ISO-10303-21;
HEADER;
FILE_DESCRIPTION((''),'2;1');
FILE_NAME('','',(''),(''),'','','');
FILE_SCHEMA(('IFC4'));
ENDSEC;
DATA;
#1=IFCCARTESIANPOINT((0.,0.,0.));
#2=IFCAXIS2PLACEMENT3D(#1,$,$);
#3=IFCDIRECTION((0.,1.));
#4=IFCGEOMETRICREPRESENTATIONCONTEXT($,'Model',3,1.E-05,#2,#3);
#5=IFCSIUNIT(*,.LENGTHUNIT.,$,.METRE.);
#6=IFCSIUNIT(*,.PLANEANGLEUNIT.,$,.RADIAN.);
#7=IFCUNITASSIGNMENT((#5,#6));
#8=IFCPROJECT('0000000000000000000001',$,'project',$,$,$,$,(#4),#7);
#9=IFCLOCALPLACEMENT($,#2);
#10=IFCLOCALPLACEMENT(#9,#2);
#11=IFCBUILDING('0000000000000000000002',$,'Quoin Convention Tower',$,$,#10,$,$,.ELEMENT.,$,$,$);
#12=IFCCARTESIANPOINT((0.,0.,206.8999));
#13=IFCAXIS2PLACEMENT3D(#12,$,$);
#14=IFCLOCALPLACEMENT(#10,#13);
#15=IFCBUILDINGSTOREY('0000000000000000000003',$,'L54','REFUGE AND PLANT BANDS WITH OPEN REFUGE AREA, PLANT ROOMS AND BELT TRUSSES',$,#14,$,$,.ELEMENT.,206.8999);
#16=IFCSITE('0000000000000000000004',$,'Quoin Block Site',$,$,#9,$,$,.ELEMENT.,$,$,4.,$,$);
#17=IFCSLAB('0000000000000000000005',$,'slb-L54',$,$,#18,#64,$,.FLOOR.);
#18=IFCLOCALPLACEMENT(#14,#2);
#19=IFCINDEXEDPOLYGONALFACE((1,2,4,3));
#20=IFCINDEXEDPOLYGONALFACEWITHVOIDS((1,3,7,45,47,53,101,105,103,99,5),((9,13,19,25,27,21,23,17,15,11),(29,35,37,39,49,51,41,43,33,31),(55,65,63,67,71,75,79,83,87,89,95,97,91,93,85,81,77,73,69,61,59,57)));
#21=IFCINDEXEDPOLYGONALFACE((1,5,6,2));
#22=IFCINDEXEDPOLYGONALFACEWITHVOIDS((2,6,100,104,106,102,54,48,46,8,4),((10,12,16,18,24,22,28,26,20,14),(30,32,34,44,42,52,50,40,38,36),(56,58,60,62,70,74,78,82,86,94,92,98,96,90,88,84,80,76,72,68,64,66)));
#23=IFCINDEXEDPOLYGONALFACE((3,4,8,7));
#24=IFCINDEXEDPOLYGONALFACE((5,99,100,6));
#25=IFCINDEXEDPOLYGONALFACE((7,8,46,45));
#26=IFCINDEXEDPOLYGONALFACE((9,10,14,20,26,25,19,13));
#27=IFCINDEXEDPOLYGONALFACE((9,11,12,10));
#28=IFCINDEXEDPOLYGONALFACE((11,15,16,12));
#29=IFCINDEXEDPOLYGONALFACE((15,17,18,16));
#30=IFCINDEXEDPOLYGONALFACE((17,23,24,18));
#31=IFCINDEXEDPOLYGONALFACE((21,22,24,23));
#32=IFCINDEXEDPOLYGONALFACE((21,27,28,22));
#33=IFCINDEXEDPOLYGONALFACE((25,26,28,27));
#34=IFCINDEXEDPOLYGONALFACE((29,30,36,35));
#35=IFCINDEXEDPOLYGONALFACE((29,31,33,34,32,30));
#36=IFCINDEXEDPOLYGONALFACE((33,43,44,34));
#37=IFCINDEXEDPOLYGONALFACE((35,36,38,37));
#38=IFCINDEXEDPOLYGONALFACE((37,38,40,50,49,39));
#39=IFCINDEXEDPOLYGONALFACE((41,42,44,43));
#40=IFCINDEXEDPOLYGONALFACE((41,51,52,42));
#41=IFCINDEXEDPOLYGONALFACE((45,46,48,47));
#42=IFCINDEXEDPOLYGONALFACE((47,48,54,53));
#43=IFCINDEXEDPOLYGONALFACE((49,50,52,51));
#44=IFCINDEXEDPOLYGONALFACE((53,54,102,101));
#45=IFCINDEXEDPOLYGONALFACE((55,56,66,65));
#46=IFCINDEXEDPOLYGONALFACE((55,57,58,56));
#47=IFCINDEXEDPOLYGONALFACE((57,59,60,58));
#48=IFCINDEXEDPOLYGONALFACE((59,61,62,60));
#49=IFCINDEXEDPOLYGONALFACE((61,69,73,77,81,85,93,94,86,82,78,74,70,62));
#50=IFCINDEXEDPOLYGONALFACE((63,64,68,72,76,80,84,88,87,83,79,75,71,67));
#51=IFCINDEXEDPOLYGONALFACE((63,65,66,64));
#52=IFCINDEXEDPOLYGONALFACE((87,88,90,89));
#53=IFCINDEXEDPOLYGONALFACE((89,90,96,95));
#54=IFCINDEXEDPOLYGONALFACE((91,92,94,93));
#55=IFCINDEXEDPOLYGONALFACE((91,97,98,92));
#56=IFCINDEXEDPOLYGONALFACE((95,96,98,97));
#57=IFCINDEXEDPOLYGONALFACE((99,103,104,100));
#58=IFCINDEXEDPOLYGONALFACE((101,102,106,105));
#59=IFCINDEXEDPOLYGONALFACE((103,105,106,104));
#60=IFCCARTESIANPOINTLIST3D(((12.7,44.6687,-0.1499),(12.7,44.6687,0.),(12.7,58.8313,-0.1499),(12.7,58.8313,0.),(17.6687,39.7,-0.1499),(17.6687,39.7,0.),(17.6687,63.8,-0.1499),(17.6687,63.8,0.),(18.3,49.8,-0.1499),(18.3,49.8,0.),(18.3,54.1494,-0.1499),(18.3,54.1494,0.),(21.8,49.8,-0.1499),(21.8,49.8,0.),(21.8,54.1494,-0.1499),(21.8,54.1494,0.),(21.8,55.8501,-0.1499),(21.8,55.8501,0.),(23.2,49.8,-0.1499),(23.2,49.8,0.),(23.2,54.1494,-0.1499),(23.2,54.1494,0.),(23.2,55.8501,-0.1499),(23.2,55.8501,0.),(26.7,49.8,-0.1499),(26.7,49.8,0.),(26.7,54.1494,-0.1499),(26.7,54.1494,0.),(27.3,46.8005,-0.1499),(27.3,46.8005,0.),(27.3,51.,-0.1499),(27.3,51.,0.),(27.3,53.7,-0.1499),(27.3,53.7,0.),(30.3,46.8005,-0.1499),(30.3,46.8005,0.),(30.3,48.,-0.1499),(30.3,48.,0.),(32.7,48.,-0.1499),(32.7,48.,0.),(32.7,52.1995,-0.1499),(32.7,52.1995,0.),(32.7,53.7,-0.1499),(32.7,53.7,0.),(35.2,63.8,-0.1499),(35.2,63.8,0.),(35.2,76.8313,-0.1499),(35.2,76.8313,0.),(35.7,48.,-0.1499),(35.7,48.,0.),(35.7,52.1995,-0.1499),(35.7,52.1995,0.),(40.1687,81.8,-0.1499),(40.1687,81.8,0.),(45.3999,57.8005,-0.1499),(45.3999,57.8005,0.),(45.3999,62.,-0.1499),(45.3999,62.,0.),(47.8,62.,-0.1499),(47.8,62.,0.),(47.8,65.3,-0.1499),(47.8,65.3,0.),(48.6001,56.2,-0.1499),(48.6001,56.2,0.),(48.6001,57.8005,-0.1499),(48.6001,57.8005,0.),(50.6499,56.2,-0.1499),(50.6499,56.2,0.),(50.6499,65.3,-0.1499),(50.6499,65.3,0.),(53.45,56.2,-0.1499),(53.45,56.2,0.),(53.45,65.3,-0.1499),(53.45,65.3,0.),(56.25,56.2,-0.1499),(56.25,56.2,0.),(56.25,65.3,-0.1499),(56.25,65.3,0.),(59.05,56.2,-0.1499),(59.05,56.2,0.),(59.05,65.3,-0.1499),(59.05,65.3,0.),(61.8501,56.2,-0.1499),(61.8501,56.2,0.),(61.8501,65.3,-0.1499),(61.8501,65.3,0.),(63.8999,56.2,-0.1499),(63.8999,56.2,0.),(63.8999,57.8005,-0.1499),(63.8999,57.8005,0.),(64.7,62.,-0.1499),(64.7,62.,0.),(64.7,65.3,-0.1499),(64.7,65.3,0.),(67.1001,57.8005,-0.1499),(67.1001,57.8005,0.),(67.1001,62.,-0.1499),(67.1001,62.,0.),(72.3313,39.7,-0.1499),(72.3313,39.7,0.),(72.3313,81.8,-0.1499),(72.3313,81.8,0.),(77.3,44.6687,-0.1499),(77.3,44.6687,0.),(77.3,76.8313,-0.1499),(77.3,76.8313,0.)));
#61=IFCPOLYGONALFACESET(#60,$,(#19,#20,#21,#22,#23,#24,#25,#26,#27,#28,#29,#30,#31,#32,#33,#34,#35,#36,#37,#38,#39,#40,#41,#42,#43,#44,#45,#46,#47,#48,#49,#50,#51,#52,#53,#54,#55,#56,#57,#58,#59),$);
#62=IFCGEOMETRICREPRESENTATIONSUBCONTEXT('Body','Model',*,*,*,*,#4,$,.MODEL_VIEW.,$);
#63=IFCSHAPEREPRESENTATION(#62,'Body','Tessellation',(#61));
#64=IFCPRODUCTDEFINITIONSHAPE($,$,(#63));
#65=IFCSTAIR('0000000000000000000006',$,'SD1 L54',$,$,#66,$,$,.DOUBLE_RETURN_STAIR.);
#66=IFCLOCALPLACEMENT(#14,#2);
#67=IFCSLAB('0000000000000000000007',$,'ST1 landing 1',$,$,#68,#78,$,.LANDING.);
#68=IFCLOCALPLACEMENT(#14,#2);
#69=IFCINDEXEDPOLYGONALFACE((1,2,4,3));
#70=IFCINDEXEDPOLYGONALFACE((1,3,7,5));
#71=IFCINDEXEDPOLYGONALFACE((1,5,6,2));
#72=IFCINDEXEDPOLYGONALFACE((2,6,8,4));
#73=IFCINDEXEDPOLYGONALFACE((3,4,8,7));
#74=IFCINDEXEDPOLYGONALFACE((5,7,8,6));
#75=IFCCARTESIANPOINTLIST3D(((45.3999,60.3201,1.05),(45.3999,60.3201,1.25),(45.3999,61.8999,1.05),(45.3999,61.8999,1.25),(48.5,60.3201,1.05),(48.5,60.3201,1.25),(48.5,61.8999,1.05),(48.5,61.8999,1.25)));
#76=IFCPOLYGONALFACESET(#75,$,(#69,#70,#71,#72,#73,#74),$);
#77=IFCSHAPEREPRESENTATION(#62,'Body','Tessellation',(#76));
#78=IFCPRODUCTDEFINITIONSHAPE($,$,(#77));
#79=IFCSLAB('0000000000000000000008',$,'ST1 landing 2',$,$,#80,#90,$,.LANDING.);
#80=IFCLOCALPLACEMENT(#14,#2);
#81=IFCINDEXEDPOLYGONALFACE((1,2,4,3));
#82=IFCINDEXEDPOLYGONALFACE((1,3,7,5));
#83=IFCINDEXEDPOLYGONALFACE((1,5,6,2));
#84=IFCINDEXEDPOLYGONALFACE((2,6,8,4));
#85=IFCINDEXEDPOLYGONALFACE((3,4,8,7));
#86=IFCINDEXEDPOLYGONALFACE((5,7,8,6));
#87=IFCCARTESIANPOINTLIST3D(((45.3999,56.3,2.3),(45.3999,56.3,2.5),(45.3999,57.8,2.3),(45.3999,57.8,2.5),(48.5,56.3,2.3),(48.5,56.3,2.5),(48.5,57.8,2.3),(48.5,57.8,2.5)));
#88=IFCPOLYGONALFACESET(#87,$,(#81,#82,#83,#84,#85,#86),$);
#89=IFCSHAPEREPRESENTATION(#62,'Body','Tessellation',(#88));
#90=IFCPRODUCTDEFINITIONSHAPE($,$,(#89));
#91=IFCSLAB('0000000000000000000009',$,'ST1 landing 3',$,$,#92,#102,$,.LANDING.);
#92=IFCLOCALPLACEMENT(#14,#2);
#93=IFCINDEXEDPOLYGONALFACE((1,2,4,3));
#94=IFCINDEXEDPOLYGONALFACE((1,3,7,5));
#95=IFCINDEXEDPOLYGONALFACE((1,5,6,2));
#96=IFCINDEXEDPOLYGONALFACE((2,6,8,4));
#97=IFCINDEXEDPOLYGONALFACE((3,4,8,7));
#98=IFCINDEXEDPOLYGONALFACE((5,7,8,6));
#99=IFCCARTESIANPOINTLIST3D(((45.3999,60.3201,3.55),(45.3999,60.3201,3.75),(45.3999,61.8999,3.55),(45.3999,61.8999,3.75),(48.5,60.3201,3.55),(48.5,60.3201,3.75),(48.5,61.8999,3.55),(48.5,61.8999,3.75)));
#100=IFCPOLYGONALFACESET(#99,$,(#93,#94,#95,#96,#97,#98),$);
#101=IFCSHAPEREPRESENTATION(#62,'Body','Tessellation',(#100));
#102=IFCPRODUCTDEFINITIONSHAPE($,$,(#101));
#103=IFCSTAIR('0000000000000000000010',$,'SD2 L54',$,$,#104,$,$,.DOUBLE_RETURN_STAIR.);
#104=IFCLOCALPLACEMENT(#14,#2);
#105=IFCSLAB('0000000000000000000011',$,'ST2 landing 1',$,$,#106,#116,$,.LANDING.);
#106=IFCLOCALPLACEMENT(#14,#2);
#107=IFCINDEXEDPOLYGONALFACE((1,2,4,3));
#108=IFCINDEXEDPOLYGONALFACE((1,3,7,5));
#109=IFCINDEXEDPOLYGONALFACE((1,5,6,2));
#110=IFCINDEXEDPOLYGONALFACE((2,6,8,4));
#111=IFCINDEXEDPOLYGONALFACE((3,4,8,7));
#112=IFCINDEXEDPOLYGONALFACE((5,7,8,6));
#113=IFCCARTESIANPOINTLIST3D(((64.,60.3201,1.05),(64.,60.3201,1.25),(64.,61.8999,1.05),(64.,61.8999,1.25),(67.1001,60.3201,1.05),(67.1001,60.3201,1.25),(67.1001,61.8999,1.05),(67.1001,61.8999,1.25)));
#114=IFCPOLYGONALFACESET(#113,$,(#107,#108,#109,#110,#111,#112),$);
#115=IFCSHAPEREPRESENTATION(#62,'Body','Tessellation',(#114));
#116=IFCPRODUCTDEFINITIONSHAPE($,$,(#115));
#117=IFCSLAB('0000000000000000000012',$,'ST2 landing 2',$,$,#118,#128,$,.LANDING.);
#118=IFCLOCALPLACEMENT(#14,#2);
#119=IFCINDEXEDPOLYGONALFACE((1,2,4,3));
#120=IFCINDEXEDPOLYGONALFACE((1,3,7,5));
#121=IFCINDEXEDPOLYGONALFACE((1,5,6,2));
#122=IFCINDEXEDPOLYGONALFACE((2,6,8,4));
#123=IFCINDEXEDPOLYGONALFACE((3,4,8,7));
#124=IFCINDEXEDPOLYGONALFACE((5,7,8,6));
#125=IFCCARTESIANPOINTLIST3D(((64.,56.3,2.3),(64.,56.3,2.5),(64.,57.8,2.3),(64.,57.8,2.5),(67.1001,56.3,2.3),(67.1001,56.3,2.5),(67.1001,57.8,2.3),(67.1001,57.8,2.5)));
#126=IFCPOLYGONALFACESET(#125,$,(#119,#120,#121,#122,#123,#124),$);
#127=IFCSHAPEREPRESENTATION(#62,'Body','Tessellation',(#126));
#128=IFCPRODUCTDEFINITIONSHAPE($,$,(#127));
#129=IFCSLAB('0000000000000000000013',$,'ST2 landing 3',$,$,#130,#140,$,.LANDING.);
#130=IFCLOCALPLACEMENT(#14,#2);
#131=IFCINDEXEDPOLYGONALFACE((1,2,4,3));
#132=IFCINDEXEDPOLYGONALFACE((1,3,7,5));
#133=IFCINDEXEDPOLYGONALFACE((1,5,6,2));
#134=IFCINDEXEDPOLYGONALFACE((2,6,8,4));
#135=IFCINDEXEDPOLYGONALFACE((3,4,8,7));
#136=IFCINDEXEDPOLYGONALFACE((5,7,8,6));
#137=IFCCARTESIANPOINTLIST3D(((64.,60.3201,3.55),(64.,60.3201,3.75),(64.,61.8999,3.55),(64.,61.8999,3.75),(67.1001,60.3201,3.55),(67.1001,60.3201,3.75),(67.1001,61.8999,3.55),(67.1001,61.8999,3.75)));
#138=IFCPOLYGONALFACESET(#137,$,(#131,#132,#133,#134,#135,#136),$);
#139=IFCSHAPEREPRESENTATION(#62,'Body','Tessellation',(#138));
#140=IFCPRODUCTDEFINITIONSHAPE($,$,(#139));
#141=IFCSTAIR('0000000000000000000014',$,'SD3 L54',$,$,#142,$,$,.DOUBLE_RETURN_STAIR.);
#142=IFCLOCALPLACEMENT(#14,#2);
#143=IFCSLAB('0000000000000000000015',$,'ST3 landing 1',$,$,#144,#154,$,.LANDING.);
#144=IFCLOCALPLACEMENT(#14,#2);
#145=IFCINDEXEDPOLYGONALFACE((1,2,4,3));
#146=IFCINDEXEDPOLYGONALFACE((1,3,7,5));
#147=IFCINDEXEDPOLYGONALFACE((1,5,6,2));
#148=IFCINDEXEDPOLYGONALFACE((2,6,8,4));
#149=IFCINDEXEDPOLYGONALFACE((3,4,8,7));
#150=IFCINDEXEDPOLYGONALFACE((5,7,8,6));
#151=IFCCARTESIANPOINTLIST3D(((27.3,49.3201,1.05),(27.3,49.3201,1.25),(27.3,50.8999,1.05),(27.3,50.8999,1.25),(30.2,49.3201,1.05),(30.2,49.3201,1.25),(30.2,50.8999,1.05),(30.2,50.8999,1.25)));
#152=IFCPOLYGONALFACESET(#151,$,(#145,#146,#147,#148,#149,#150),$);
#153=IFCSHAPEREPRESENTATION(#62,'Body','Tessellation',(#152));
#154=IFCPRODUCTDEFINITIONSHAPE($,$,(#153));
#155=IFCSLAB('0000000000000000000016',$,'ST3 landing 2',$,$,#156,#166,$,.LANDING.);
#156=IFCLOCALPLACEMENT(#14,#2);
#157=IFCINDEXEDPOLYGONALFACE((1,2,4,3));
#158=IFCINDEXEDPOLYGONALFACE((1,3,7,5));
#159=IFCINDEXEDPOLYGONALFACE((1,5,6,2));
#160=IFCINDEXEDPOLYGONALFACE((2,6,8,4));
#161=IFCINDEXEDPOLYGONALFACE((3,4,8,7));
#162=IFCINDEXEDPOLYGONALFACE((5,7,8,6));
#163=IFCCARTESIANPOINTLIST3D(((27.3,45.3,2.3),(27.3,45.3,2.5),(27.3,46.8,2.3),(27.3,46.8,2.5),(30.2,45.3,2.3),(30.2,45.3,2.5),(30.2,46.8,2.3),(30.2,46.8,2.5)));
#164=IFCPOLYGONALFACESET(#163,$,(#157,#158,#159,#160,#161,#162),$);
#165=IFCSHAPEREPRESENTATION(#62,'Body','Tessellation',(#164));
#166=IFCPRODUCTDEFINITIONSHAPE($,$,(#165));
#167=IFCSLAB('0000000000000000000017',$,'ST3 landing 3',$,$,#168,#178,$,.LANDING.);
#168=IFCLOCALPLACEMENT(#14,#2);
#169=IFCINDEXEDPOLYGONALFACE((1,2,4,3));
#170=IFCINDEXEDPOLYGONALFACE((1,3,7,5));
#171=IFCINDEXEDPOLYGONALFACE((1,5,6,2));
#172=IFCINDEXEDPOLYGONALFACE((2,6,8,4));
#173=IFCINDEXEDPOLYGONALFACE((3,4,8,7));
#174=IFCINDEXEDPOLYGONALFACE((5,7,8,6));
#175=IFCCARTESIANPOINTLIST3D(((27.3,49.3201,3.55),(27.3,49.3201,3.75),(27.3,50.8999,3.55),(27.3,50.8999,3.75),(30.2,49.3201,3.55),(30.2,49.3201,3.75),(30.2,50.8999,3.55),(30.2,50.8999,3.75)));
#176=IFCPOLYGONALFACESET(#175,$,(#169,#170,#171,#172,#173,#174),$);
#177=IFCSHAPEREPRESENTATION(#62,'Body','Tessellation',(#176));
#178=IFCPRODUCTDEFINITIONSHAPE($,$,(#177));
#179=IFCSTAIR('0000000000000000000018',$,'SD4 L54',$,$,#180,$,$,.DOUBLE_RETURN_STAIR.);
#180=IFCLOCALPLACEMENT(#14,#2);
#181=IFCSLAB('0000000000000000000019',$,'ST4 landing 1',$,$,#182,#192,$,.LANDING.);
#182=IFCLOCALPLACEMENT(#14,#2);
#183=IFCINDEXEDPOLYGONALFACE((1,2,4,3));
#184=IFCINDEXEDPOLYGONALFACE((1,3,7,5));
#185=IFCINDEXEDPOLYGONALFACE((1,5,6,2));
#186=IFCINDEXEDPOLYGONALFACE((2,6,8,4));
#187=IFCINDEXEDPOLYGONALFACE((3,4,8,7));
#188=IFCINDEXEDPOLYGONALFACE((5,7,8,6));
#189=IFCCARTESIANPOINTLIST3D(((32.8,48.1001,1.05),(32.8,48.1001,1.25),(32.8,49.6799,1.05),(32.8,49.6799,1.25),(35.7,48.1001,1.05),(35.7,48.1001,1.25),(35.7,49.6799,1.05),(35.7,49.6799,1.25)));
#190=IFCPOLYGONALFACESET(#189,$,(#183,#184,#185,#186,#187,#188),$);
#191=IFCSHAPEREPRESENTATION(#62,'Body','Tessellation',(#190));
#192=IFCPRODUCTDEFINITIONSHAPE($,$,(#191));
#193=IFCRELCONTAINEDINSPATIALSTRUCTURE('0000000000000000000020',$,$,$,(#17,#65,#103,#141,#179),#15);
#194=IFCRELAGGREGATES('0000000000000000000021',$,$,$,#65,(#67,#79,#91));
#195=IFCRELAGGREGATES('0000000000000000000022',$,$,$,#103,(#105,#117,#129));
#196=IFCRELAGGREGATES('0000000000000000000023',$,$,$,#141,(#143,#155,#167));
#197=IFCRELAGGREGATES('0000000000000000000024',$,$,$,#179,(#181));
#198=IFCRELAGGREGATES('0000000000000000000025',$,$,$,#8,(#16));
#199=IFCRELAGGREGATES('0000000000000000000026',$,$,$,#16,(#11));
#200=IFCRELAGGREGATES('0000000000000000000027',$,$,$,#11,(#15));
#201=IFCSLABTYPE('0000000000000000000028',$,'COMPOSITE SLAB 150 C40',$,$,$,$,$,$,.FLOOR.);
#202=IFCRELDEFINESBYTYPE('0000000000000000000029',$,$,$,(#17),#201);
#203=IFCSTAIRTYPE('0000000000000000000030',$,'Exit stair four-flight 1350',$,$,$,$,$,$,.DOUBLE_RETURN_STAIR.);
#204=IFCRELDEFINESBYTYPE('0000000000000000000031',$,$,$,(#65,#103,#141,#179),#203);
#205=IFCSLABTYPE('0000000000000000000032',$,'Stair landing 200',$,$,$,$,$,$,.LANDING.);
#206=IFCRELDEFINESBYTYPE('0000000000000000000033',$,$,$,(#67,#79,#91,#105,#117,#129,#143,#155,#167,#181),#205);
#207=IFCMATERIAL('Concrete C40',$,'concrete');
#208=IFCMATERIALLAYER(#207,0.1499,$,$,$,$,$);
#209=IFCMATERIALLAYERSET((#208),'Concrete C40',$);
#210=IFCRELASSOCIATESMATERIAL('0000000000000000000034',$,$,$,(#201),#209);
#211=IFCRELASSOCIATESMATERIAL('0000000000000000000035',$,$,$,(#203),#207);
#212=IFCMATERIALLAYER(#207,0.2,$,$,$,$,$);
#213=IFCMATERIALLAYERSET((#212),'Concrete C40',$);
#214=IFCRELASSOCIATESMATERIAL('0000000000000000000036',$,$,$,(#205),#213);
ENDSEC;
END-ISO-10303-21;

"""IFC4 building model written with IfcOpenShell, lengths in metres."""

from ifc_helpers import new_model, si_unit, direction, frame, origin, place, context, subcontext, project, spatial, polyline, outline, extrude, material, layer, layer_set, type_object, element, aggregate, save


model = new_model("IFC4")

# Units and contexts
model_context = context("Model", 3, precision=1e-05, world=origin(), true_north=direction((0.0, 1.0)))
body_context = subcontext(model_context, "Body", "Model", "MODEL_VIEW")
ifc_project = project(units=[si_unit("LENGTHUNIT", "METRE"), si_unit("PLANEANGLEUNIT", "RADIAN")], contexts=[model_context])

# Site, building, storey
site_placement = place(None, origin())
site = spatial("IfcSite", under=ifc_project, at=site_placement, Name="Quoin Block Site", CompositionType="ELEMENT", RefElevation=4.0)
building_placement = place(site_placement, origin())
building = spatial("IfcBuilding", under=site, at=building_placement, Name="Quoin Convention Tower", CompositionType="ELEMENT")
storey_placement = place(building_placement, frame((0.0, 0.0, 206.8999)))
storey = spatial("IfcBuildingStorey", under=building, at=storey_placement, Name="L54", Description="REFUGE AND PLANT BANDS WITH OPEN REFUGE AREA, PLANT ROOMS AND BELT TRUSSES", CompositionType="ELEMENT", Elevation=206.8999)

# Slab
ifc_material_1 = material(Name="Concrete C40", Category="concrete")
ifc_layer_1 = layer(ifc_material_1, 0.1499)
ifc_layer_set_1 = layer_set([ifc_layer_1], Name="Concrete C40")
slab_type_1 = type_object("IfcSlabType", Name="COMPOSITE SLAB 150 C40", PredefinedType="FLOOR", material=ifc_layer_set_1)
slab_1_placement = place(storey_placement, frame((0.0, 0.0, -0.1499)))
element("IfcSlab", 1, at=slab_1_placement, inside=storey, type_object=slab_type_1, Name="slb-L54", PredefinedType="FLOOR", context=body_context, shape_type="SweptSolid", body=[
    extrude(outline(polyline([(17.6687, 39.7), (12.7, 44.6687), (12.7, 58.8313), (17.6687, 63.8), (35.2, 63.8), (35.2, 76.8313), (40.1687, 81.8), (72.3313, 81.8), (77.3, 76.8313), (77.3, 44.6687), (72.3313, 39.7), (17.6687, 39.7)]), holes=[polyline([(27.3, 51.0), (27.3, 46.8005), (30.3, 46.8005), (30.3, 48.0), (32.7, 48.0), (35.7, 48.0), (35.7, 52.1995), (32.7, 52.1995), (32.7, 53.7), (27.3, 53.7), (27.3, 51.0)]), polyline([(18.3, 49.8), (21.8, 49.8), (23.2, 49.8), (26.7, 49.8), (26.7, 54.1494), (23.2, 54.1494), (23.2, 55.8501), (21.8, 55.8501), (21.8, 54.1494), (18.3, 54.1494), (18.3, 49.8)]), polyline([(48.6001, 56.2), (50.6499, 56.2), (53.45, 56.2), (56.25, 56.2), (59.05, 56.2), (61.8501, 56.2), (63.8999, 56.2), (63.8999, 57.8005), (67.1001, 57.8005), (67.1001, 62.0), (64.7, 62.0), (64.7, 65.3), (61.8501, 65.3), (59.05, 65.3), (56.25, 65.3), (53.45, 65.3), (50.6499, 65.3), (47.8, 65.3), (47.8, 62.0), (45.3999, 62.0), (45.3999, 57.8005), (48.6001, 57.8005), (48.6001, 56.2)])]), origin(), (0.0, 0.0, 1.0), 0.1499),
])

# Stairs, slabs
stair_type_1 = type_object("IfcStairType", Name="Exit stair four-flight 1350", PredefinedType="DOUBLE_RETURN_STAIR", material=ifc_material_1)
stair_1_placement = place(storey_placement, origin())
stair_1 = element("IfcStair", 2, at=stair_1_placement, inside=storey, type_object=stair_type_1, Name="SD1 L54", PredefinedType="DOUBLE_RETURN_STAIR")
ifc_layer_2 = layer(ifc_material_1, 0.2)
ifc_layer_set_2 = layer_set([ifc_layer_2], Name="Concrete C40")
slab_type_2 = type_object("IfcSlabType", Name="Stair landing 200", PredefinedType="LANDING", material=ifc_layer_set_2)
slab_2_placement = place(storey_placement, frame((0.0, 0.0, 1.05)))
slab_2 = element("IfcSlab", 3, at=slab_2_placement, type_object=slab_type_2, Name="ST1 landing 1", PredefinedType="LANDING", context=body_context, shape_type="SweptSolid", body=[
    extrude(outline(polyline([(45.3999, 60.3201), (48.5, 60.3201), (48.5, 61.8999), (45.3999, 61.8999), (45.3999, 60.3201)])), origin(), (0.0, 0.0, 1.0), 0.2),
])
slab_3_placement = place(storey_placement, frame((0.0, 0.0, 2.3)))
slab_3 = element("IfcSlab", 4, at=slab_3_placement, type_object=slab_type_2, Name="ST1 landing 2", PredefinedType="LANDING", context=body_context, shape_type="SweptSolid", body=[
    extrude(outline(polyline([(45.3999, 56.3), (48.5, 56.3), (48.5, 57.8), (45.3999, 57.8), (45.3999, 56.3)])), origin(), (0.0, 0.0, 1.0), 0.2),
])
slab_4_placement = place(storey_placement, frame((0.0, 0.0, 3.55)))
slab_4 = element("IfcSlab", 5, at=slab_4_placement, type_object=slab_type_2, Name="ST1 landing 3", PredefinedType="LANDING", context=body_context, shape_type="SweptSolid", body=[
    extrude(outline(polyline([(45.3999, 60.3201), (48.5, 60.3201), (48.5, 61.8999), (45.3999, 61.8999), (45.3999, 60.3201)])), origin(), (0.0, 0.0, 1.0), 0.2),
])
aggregate(stair_1, [slab_2, slab_3, slab_4])
stair_2_placement = place(storey_placement, origin())
stair_2 = element("IfcStair", 6, at=stair_2_placement, inside=storey, type_object=stair_type_1, Name="SD2 L54", PredefinedType="DOUBLE_RETURN_STAIR")
slab_5_placement = place(storey_placement, frame((0.0, 0.0, 1.05)))
slab_5 = element("IfcSlab", 7, at=slab_5_placement, type_object=slab_type_2, Name="ST2 landing 1", PredefinedType="LANDING", context=body_context, shape_type="SweptSolid", body=[
    extrude(outline(polyline([(64.0, 60.3201), (67.1001, 60.3201), (67.1001, 61.8999), (64.0, 61.8999), (64.0, 60.3201)])), origin(), (0.0, 0.0, 1.0), 0.2),
])
slab_6_placement = place(storey_placement, frame((0.0, 0.0, 2.3)))
slab_6 = element("IfcSlab", 8, at=slab_6_placement, type_object=slab_type_2, Name="ST2 landing 2", PredefinedType="LANDING", context=body_context, shape_type="SweptSolid", body=[
    extrude(outline(polyline([(64.0, 56.3), (67.1001, 56.3), (67.1001, 57.8), (64.0, 57.8), (64.0, 56.3)])), origin(), (0.0, 0.0, 1.0), 0.2),
])
slab_7_placement = place(storey_placement, frame((0.0, 0.0, 3.55)))
slab_7 = element("IfcSlab", 9, at=slab_7_placement, type_object=slab_type_2, Name="ST2 landing 3", PredefinedType="LANDING", context=body_context, shape_type="SweptSolid", body=[
    extrude(outline(polyline([(64.0, 60.3201), (67.1001, 60.3201), (67.1001, 61.8999), (64.0, 61.8999), (64.0, 60.3201)])), origin(), (0.0, 0.0, 1.0), 0.2),
])
aggregate(stair_2, [slab_5, slab_6, slab_7])
stair_3_placement = place(storey_placement, origin())
stair_3 = element("IfcStair", 10, at=stair_3_placement, inside=storey, type_object=stair_type_1, Name="SD3 L54", PredefinedType="DOUBLE_RETURN_STAIR")
slab_8_placement = place(storey_placement, frame((0.0, 0.0, 1.05)))
slab_8 = element("IfcSlab", 11, at=slab_8_placement, type_object=slab_type_2, Name="ST3 landing 1", PredefinedType="LANDING", context=body_context, shape_type="SweptSolid", body=[
    extrude(outline(polyline([(27.3, 49.3201), (30.2, 49.3201), (30.2, 50.8999), (27.3, 50.8999), (27.3, 49.3201)])), origin(), (0.0, 0.0, 1.0), 0.2),
])
slab_9_placement = place(storey_placement, frame((0.0, 0.0, 2.3)))
slab_9 = element("IfcSlab", 12, at=slab_9_placement, type_object=slab_type_2, Name="ST3 landing 2", PredefinedType="LANDING", context=body_context, shape_type="SweptSolid", body=[
    extrude(outline(polyline([(27.3, 45.3), (30.2, 45.3), (30.2, 46.8), (27.3, 46.8), (27.3, 45.3)])), origin(), (0.0, 0.0, 1.0), 0.2),
])
slab_10_placement = place(storey_placement, frame((0.0, 0.0, 3.55)))
slab_10 = element("IfcSlab", 13, at=slab_10_placement, type_object=slab_type_2, Name="ST3 landing 3", PredefinedType="LANDING", context=body_context, shape_type="SweptSolid", body=[
    extrude(outline(polyline([(27.3, 49.3201), (30.2, 49.3201), (30.2, 50.8999), (27.3, 50.8999), (27.3, 49.3201)])), origin(), (0.0, 0.0, 1.0), 0.2),
])
aggregate(stair_3, [slab_8, slab_9, slab_10])
stair_4_placement = place(storey_placement, origin())
stair_4 = element("IfcStair", 14, at=stair_4_placement, inside=storey, type_object=stair_type_1, Name="SD4 L54", PredefinedType="DOUBLE_RETURN_STAIR")
slab_11_placement = place(storey_placement, frame((0.0, 0.0, 1.05)))
slab_11 = element("IfcSlab", 15, at=slab_11_placement, type_object=slab_type_2, Name="ST4 landing 1", PredefinedType="LANDING", context=body_context, shape_type="SweptSolid", body=[
    extrude(outline(polyline([(35.7, 49.6799), (32.8, 49.6799), (32.8, 48.1001), (35.7, 48.1001), (35.7, 49.6799)])), origin(), (0.0, 0.0, 1.0), 0.2),
])
aggregate(stair_4, [slab_11])

save(model, "model.ifc")
